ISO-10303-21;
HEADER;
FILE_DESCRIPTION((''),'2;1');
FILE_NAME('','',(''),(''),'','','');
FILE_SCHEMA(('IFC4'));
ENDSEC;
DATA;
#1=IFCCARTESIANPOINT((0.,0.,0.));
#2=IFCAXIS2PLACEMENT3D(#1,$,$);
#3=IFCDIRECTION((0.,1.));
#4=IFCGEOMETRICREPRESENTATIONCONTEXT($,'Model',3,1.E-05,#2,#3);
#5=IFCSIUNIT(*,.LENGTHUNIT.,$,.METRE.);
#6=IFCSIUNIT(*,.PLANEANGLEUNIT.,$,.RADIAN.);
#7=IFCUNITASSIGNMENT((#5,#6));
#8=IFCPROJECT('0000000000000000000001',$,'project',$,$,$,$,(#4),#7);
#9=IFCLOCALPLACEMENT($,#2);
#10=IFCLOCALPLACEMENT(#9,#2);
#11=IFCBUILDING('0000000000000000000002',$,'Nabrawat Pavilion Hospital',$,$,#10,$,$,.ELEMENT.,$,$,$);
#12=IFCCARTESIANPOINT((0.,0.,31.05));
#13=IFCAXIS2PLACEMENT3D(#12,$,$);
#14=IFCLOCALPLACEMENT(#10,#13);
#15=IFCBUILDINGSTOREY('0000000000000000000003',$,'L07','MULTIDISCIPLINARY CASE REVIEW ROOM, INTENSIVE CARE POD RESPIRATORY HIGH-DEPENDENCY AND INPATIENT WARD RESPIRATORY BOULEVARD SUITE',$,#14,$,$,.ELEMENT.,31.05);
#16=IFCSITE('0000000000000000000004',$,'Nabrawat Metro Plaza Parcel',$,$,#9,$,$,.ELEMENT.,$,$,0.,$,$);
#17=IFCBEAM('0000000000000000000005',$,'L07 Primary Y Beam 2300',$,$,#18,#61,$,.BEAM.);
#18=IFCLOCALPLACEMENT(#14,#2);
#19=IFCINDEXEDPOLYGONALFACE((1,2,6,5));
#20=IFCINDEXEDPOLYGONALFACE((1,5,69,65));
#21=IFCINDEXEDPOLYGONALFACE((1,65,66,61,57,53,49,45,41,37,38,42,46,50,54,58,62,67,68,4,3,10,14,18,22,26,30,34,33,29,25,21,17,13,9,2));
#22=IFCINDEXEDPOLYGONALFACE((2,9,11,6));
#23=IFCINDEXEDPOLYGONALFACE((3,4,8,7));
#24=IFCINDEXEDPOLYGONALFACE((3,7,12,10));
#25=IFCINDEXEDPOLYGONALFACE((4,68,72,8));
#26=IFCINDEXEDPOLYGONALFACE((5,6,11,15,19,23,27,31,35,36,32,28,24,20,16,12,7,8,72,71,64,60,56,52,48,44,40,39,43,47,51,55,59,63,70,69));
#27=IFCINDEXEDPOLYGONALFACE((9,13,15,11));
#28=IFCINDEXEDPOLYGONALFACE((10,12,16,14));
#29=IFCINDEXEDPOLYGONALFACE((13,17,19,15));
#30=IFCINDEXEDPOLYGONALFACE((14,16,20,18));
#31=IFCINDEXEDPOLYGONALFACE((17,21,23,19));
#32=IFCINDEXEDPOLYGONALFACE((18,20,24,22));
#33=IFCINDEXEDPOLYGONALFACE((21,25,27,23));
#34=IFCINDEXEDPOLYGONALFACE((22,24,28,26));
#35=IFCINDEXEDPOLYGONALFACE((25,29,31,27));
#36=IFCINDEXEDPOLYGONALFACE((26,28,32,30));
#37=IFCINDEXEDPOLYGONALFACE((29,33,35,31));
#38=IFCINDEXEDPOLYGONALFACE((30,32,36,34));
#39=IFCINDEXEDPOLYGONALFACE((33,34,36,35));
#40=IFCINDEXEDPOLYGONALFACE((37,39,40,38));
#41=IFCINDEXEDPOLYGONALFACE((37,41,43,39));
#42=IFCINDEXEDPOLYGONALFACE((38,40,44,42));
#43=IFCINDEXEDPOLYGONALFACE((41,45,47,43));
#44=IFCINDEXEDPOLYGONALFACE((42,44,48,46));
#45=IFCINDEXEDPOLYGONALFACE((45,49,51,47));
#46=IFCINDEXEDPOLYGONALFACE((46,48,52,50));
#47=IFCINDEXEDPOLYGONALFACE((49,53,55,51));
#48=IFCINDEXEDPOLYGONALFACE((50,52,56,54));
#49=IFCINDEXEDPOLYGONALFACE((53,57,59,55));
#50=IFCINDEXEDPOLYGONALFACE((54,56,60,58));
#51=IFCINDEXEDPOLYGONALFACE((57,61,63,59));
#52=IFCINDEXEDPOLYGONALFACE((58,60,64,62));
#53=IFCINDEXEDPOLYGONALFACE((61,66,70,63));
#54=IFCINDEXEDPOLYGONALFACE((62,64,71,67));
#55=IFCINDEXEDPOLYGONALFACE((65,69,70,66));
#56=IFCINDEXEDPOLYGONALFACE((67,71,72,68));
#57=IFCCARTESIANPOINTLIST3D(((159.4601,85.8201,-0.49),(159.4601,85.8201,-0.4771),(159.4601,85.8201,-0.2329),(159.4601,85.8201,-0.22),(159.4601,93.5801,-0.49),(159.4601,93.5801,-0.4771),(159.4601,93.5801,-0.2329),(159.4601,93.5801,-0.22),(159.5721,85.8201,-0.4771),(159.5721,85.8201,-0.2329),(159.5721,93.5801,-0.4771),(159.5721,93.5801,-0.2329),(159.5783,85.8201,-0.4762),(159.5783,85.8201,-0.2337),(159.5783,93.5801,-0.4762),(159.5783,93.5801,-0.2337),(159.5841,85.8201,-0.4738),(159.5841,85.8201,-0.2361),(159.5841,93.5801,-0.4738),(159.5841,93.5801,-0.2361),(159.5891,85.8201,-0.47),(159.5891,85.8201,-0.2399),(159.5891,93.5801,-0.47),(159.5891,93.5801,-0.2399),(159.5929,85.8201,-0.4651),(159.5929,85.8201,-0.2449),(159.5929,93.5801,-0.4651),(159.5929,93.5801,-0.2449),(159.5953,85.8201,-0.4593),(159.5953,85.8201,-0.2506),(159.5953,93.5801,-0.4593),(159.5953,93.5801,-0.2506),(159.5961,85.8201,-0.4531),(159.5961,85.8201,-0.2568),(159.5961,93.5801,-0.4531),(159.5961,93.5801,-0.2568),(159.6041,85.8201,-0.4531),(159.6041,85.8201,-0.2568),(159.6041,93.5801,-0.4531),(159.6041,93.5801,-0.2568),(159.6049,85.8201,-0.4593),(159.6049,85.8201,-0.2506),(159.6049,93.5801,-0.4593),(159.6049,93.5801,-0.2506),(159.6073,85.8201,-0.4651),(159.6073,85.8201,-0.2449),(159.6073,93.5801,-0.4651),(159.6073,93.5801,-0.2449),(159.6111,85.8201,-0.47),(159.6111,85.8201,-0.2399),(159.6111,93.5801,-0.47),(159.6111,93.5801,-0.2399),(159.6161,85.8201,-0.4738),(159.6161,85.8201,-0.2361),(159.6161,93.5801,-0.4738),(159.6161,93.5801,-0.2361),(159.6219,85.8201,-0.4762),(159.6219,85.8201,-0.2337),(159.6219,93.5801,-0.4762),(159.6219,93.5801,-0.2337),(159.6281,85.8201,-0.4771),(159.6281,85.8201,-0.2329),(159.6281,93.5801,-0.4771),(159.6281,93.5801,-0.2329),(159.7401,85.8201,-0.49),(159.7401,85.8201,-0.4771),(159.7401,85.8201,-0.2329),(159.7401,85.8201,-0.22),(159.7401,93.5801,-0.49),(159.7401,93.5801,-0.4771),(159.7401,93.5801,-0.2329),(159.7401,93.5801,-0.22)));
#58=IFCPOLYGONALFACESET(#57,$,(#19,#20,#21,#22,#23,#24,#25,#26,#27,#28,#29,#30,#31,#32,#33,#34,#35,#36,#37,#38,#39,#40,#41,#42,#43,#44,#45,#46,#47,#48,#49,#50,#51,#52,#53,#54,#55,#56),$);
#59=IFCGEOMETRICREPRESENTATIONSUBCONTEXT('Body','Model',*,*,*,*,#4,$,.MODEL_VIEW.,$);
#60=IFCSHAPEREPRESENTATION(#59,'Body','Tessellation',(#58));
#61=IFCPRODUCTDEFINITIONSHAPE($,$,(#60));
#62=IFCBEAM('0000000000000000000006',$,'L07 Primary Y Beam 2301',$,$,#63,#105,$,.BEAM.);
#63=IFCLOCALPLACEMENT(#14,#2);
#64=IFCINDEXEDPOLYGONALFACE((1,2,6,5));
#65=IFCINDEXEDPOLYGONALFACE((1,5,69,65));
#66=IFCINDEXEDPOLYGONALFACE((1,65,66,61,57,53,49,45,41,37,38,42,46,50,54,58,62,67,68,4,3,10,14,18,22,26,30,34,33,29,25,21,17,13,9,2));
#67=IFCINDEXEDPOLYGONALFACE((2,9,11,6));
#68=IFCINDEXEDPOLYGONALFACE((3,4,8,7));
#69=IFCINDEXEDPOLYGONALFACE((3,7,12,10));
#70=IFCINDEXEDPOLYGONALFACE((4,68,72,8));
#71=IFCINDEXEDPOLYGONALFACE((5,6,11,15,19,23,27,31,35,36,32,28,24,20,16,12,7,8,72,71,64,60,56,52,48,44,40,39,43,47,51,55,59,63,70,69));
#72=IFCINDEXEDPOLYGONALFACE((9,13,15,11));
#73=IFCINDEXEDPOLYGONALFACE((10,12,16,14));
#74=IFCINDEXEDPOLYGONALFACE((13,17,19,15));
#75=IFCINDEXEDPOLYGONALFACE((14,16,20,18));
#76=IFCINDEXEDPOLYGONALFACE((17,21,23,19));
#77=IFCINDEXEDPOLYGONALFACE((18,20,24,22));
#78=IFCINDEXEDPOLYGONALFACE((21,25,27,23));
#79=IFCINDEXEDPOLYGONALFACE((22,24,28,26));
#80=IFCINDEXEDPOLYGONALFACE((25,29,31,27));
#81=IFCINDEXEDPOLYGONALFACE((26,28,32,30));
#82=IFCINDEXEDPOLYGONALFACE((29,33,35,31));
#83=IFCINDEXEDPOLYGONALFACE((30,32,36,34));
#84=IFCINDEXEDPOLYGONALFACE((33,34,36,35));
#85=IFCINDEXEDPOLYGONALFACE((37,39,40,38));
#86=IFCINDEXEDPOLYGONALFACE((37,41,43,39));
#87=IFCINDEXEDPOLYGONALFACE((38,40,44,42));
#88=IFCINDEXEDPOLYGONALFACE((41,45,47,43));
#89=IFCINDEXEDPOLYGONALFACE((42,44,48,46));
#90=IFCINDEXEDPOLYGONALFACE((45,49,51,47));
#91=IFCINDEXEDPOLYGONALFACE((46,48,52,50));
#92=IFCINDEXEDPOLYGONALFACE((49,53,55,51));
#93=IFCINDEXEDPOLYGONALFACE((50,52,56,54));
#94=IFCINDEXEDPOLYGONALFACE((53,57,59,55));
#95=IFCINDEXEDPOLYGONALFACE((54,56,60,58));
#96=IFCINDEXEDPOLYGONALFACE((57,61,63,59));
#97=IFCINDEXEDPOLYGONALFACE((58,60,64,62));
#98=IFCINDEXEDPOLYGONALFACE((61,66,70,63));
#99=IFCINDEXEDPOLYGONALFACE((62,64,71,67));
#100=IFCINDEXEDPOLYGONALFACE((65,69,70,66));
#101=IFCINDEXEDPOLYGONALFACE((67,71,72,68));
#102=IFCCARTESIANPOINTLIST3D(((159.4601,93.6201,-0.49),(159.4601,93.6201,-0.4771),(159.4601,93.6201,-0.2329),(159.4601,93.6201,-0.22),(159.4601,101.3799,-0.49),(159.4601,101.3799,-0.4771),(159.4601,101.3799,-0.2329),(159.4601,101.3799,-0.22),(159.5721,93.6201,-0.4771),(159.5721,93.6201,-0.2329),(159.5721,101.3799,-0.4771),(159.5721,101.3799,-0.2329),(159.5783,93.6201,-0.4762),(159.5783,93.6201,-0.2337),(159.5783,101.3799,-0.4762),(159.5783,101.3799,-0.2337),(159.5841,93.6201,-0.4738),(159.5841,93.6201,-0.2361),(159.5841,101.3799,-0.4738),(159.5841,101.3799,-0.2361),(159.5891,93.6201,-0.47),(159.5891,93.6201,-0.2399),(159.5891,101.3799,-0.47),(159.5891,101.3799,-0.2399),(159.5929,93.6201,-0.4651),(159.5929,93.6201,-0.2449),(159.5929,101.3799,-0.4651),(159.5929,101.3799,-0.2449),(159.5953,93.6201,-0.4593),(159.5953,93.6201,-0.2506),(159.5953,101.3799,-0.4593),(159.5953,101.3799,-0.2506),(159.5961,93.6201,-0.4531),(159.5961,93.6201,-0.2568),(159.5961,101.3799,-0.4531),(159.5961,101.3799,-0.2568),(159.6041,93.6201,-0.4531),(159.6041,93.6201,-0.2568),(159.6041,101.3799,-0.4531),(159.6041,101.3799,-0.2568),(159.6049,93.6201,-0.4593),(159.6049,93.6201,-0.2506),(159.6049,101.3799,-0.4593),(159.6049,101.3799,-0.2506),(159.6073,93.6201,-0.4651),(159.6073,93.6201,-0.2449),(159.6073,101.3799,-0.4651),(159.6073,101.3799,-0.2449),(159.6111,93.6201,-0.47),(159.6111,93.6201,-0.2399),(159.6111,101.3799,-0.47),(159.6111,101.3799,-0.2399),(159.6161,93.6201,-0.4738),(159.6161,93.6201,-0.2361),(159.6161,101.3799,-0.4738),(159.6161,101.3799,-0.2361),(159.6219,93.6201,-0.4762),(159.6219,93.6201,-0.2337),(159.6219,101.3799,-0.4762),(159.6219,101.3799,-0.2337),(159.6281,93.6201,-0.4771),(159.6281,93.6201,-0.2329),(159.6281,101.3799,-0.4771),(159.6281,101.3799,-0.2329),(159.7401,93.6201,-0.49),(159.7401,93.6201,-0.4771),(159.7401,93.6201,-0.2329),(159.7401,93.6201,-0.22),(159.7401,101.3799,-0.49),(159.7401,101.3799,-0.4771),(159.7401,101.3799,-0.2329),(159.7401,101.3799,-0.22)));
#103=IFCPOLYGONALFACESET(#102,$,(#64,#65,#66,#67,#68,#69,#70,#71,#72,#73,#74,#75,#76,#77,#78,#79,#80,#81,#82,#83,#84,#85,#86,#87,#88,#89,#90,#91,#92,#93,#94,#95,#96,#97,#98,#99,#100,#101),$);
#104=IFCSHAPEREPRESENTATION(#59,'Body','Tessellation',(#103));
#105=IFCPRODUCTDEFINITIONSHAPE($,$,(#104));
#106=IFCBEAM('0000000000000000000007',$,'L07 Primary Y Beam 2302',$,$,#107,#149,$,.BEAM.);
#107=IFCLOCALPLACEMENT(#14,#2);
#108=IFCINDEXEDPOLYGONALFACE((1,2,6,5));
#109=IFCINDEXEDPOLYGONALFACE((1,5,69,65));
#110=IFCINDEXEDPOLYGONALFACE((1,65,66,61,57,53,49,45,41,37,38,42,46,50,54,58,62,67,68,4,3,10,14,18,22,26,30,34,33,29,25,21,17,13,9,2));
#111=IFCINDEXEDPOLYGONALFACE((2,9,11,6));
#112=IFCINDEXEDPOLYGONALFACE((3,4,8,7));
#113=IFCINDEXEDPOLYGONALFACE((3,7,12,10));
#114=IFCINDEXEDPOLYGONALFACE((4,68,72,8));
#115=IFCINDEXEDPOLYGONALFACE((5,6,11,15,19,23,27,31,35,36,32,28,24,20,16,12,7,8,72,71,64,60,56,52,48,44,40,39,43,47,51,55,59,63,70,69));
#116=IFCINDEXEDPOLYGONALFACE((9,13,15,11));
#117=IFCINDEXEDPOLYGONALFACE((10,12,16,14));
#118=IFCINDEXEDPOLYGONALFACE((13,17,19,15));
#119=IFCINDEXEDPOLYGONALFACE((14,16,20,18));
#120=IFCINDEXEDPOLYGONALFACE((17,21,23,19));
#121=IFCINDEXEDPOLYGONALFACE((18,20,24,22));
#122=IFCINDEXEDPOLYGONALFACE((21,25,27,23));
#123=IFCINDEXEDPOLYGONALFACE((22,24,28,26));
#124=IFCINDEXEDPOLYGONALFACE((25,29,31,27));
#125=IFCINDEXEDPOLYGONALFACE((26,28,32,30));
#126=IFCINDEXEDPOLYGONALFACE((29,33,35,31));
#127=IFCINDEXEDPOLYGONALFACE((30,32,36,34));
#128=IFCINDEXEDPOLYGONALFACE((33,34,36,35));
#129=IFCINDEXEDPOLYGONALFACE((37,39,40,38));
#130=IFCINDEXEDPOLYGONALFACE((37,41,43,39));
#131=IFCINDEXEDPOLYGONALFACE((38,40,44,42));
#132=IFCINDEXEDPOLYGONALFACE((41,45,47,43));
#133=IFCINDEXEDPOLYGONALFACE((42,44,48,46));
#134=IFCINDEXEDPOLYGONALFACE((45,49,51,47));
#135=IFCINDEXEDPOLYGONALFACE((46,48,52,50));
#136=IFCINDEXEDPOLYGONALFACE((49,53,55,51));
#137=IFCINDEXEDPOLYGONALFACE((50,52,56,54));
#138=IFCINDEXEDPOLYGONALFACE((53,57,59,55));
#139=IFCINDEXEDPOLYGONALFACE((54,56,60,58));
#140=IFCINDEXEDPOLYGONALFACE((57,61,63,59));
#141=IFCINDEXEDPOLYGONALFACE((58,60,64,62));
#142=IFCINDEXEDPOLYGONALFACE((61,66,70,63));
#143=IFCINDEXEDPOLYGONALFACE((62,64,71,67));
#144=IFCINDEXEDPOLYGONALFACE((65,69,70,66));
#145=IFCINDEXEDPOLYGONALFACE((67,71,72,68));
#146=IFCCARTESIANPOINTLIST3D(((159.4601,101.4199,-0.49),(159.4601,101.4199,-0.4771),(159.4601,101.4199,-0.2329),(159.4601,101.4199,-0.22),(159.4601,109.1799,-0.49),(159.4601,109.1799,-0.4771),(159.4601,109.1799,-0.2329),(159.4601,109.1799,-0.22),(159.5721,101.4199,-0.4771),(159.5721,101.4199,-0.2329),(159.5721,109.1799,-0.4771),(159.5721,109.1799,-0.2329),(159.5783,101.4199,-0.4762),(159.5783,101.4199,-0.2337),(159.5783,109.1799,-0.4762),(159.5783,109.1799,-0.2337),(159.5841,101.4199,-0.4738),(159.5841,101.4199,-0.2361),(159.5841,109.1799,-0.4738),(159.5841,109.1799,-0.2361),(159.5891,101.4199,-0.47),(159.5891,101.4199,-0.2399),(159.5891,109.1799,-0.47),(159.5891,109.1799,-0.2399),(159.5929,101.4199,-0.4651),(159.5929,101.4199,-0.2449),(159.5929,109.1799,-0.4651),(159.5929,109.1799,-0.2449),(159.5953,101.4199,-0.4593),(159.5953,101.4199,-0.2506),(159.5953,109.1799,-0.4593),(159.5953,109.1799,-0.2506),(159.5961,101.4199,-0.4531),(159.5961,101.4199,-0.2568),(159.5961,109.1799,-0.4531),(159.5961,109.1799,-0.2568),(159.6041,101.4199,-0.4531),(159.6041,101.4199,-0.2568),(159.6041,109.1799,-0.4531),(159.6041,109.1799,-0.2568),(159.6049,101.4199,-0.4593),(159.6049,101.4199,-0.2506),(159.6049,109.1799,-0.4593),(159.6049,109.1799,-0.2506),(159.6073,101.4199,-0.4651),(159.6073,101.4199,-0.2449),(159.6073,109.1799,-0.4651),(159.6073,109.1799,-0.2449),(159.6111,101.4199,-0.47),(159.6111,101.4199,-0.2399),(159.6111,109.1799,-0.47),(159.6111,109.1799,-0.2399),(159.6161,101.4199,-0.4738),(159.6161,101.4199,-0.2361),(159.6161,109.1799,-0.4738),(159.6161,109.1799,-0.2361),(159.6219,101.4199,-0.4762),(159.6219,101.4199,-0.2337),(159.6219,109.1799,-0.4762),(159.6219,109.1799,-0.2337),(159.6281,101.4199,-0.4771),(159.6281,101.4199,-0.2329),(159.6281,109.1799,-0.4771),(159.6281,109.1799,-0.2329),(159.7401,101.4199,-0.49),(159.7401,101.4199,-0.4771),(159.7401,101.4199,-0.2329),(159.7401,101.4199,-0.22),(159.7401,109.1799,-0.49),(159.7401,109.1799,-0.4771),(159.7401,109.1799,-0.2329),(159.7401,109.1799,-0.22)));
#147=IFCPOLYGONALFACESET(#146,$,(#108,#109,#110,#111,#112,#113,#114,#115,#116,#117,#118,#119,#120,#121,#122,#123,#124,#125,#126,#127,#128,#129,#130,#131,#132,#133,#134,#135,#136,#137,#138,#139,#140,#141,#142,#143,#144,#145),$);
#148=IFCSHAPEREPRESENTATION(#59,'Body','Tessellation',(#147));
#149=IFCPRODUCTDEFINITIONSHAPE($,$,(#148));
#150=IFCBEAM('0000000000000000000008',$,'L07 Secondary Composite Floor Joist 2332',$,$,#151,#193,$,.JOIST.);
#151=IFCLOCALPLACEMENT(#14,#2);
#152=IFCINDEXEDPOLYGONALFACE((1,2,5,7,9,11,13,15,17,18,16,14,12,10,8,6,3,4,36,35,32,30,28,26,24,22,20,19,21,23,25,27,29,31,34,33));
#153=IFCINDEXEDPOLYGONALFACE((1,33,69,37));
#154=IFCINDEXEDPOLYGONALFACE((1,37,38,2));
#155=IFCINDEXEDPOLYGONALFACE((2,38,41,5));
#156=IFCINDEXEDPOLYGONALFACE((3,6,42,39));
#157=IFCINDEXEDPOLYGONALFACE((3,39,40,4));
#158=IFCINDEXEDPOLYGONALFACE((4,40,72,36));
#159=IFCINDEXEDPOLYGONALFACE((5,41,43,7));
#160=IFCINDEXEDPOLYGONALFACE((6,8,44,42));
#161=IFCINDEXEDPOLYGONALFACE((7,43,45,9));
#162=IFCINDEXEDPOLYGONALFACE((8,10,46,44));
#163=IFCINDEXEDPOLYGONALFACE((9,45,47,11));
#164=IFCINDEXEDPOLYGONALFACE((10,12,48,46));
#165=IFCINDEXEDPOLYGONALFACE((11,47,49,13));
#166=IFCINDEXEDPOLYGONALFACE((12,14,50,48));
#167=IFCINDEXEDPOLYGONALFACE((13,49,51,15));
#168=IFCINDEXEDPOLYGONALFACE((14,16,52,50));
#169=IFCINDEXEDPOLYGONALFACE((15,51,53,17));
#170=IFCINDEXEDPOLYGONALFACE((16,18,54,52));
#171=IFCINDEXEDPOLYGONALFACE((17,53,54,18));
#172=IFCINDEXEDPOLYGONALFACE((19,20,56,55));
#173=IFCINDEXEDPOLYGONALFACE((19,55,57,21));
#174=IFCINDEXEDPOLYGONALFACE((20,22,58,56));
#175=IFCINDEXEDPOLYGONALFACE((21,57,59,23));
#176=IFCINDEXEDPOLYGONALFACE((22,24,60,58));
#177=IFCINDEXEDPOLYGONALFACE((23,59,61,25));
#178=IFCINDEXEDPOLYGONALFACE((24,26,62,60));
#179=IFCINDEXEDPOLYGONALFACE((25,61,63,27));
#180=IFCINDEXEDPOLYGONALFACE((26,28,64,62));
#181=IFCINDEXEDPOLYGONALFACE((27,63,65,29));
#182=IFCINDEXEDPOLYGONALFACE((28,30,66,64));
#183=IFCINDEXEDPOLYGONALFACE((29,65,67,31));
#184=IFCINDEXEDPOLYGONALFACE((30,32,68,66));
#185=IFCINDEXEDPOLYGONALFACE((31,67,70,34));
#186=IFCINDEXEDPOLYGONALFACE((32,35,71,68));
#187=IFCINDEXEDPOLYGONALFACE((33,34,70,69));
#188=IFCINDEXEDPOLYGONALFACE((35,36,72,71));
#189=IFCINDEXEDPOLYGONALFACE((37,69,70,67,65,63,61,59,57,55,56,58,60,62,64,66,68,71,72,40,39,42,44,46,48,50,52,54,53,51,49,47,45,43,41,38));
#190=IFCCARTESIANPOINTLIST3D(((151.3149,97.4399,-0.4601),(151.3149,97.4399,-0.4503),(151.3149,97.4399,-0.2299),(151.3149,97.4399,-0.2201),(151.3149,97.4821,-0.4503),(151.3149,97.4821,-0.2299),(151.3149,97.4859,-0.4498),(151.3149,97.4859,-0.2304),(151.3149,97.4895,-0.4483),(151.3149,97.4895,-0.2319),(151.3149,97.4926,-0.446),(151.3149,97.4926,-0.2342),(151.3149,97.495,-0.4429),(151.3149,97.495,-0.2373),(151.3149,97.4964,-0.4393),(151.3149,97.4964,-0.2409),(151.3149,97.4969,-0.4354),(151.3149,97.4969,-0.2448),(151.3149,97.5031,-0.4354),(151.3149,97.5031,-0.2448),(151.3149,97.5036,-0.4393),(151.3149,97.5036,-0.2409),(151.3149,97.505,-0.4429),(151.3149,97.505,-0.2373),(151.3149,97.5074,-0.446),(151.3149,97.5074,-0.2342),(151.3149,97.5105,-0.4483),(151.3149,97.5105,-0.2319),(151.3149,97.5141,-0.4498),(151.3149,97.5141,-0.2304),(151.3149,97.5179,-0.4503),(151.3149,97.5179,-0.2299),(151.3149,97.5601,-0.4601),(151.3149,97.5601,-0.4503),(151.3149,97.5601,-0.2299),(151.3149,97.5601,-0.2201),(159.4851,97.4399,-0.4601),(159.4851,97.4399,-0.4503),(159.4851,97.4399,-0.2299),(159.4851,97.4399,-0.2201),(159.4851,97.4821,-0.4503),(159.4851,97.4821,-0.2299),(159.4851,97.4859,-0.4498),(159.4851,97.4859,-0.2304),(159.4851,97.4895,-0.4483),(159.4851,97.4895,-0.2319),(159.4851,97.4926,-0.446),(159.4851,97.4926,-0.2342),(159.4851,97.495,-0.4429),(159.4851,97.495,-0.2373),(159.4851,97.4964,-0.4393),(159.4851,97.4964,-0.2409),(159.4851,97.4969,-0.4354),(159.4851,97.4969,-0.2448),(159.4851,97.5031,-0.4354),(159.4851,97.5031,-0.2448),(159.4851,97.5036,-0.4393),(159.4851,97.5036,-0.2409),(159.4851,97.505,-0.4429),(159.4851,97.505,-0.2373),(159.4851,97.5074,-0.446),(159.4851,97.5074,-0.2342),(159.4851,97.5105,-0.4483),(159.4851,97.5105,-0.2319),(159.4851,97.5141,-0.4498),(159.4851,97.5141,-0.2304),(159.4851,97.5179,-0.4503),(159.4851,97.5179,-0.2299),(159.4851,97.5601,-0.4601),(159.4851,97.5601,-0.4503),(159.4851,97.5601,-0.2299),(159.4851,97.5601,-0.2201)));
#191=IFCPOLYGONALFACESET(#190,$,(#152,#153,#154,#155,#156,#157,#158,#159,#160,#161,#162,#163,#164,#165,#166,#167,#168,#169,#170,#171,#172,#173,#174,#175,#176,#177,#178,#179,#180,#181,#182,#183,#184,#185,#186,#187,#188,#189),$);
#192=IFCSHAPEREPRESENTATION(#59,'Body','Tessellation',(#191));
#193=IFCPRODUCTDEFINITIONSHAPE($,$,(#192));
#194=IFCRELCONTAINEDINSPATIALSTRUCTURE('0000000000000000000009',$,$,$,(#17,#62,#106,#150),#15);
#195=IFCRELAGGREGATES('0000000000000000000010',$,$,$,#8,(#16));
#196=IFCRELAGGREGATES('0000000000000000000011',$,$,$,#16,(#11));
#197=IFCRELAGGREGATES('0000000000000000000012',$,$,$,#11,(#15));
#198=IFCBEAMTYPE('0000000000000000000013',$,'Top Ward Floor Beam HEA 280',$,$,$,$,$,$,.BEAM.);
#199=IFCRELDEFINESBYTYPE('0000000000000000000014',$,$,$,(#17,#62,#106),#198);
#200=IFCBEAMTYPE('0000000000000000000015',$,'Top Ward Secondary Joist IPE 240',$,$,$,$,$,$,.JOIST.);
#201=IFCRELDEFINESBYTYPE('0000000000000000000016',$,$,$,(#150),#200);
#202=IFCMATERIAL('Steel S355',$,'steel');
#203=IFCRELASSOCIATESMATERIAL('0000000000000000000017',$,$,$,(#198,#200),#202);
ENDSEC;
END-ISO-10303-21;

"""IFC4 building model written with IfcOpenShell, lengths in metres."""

from ifc_helpers import new_model, si_unit, direction, frame, origin, origin_2d, place, context, subcontext, project, spatial, i_section, extrude, material, material_profile, profile_set, type_object, element, save


model = new_model("IFC4")

# Units and contexts
model_context = context("Model", 3, precision=1e-05, world=origin(), true_north=direction((0.0, 1.0)))
body_context = subcontext(model_context, "Body", "Model", "MODEL_VIEW")
ifc_project = project(units=[si_unit("LENGTHUNIT", "METRE"), si_unit("PLANEANGLEUNIT", "RADIAN")], contexts=[model_context])

# Site, building, storey
site_placement = place(None, origin())
site = spatial("IfcSite", under=ifc_project, at=site_placement, Name="Nabrawat Metro Plaza Parcel", CompositionType="ELEMENT", RefElevation=0.0)
building_placement = place(site_placement, origin())
building = spatial("IfcBuilding", under=site, at=building_placement, Name="Nabrawat Pavilion Hospital", CompositionType="ELEMENT")
storey_placement = place(building_placement, frame((0.0, 0.0, 31.05)))
storey = spatial("IfcBuildingStorey", under=building, at=storey_placement, Name="L07", Description="MULTIDISCIPLINARY CASE REVIEW ROOM, INTENSIVE CARE POD RESPIRATORY HIGH-DEPENDENCY AND INPATIENT WARD RESPIRATORY BOULEVARD SUITE", CompositionType="ELEMENT", Elevation=31.05)

# Shared definitions
ifc_material_1 = material(Name="Steel S355", Category="steel")

# Beams
ifc_material_profile_1 = material_profile(ifc_material_1, i_section(OverallWidth=0.28, OverallDepth=0.27, WebThickness=0.0081, FlangeThickness=0.0129, FilletRadius=0.0239, at=origin_2d()), Name="HEA 280")
ifc_profile_set_1 = profile_set([ifc_material_profile_1], Name="Steel S355")
beam_type_1 = type_object("IfcBeamType", Name="Top Ward Floor Beam HEA 280", PredefinedType="BEAM", material=ifc_profile_set_1)
beam_1_placement = place(storey_placement, frame((159.6001, 85.8201, -0.355), z_axis=(0.0, 1.0, 0.0), x_axis=(-1.0, 0.0, 0.0)))
element("IfcBeam", 1, at=beam_1_placement, inside=storey, type_object=beam_type_1, Name="L07 Primary Y Beam 2300", PredefinedType="BEAM", context=body_context, shape_type="SweptSolid", body=[
    extrude(i_section(OverallWidth=0.28, OverallDepth=0.27, WebThickness=0.0081, FlangeThickness=0.0129, FilletRadius=0.0239, at=origin_2d()), origin(), (0.0, 0.0, 1.0), 7.76),
])
beam_2_placement = place(storey_placement, frame((159.6001, 93.6201, -0.355), z_axis=(0.0, 1.0, 0.0), x_axis=(-1.0, 0.0, 0.0)))
element("IfcBeam", 2, at=beam_2_placement, inside=storey, type_object=beam_type_1, Name="L07 Primary Y Beam 2301", PredefinedType="BEAM", context=body_context, shape_type="SweptSolid", body=[
    extrude(i_section(OverallWidth=0.28, OverallDepth=0.27, WebThickness=0.0081, FlangeThickness=0.0129, FilletRadius=0.0239, at=origin_2d()), origin(), (0.0, 0.0, 1.0), 7.7598),
])
beam_3_placement = place(storey_placement, frame((159.6001, 101.4199, -0.355), z_axis=(0.0, 1.0, 0.0), x_axis=(-1.0, 0.0, 0.0)))
element("IfcBeam", 3, at=beam_3_placement, inside=storey, type_object=beam_type_1, Name="L07 Primary Y Beam 2302", PredefinedType="BEAM", context=body_context, shape_type="SweptSolid", body=[
    extrude(i_section(OverallWidth=0.28, OverallDepth=0.27, WebThickness=0.0081, FlangeThickness=0.0129, FilletRadius=0.0239, at=origin_2d()), origin(), (0.0, 0.0, 1.0), 7.76),
])
ifc_material_profile_2 = material_profile(ifc_material_1, i_section(OverallWidth=0.1201, OverallDepth=0.24, WebThickness=0.0061, FlangeThickness=0.0098, FilletRadius=0.0149, at=origin_2d()), Name="IPE 240")
ifc_profile_set_2 = profile_set([ifc_material_profile_2], Name="Steel S355")
beam_type_2 = type_object("IfcBeamType", Name="Top Ward Secondary Joist IPE 240", PredefinedType="JOIST", material=ifc_profile_set_2)
beam_4_placement = place(storey_placement, frame((151.3149, 97.5, -0.3401), z_axis=(1.0, 0.0, 0.0), x_axis=(0.0, 1.0, 0.0)))
element("IfcBeam", 4, at=beam_4_placement, inside=storey, type_object=beam_type_2, Name="L07 Secondary Composite Floor Joist 2332", PredefinedType="JOIST", context=body_context, shape_type="SweptSolid", body=[
    extrude(i_section(OverallWidth=0.1201, OverallDepth=0.24, WebThickness=0.0061, FlangeThickness=0.0098, FilletRadius=0.0149, at=origin_2d()), origin(), (0.0, 0.0, 1.0), 8.1702),
])

save(model, "model.ifc")
